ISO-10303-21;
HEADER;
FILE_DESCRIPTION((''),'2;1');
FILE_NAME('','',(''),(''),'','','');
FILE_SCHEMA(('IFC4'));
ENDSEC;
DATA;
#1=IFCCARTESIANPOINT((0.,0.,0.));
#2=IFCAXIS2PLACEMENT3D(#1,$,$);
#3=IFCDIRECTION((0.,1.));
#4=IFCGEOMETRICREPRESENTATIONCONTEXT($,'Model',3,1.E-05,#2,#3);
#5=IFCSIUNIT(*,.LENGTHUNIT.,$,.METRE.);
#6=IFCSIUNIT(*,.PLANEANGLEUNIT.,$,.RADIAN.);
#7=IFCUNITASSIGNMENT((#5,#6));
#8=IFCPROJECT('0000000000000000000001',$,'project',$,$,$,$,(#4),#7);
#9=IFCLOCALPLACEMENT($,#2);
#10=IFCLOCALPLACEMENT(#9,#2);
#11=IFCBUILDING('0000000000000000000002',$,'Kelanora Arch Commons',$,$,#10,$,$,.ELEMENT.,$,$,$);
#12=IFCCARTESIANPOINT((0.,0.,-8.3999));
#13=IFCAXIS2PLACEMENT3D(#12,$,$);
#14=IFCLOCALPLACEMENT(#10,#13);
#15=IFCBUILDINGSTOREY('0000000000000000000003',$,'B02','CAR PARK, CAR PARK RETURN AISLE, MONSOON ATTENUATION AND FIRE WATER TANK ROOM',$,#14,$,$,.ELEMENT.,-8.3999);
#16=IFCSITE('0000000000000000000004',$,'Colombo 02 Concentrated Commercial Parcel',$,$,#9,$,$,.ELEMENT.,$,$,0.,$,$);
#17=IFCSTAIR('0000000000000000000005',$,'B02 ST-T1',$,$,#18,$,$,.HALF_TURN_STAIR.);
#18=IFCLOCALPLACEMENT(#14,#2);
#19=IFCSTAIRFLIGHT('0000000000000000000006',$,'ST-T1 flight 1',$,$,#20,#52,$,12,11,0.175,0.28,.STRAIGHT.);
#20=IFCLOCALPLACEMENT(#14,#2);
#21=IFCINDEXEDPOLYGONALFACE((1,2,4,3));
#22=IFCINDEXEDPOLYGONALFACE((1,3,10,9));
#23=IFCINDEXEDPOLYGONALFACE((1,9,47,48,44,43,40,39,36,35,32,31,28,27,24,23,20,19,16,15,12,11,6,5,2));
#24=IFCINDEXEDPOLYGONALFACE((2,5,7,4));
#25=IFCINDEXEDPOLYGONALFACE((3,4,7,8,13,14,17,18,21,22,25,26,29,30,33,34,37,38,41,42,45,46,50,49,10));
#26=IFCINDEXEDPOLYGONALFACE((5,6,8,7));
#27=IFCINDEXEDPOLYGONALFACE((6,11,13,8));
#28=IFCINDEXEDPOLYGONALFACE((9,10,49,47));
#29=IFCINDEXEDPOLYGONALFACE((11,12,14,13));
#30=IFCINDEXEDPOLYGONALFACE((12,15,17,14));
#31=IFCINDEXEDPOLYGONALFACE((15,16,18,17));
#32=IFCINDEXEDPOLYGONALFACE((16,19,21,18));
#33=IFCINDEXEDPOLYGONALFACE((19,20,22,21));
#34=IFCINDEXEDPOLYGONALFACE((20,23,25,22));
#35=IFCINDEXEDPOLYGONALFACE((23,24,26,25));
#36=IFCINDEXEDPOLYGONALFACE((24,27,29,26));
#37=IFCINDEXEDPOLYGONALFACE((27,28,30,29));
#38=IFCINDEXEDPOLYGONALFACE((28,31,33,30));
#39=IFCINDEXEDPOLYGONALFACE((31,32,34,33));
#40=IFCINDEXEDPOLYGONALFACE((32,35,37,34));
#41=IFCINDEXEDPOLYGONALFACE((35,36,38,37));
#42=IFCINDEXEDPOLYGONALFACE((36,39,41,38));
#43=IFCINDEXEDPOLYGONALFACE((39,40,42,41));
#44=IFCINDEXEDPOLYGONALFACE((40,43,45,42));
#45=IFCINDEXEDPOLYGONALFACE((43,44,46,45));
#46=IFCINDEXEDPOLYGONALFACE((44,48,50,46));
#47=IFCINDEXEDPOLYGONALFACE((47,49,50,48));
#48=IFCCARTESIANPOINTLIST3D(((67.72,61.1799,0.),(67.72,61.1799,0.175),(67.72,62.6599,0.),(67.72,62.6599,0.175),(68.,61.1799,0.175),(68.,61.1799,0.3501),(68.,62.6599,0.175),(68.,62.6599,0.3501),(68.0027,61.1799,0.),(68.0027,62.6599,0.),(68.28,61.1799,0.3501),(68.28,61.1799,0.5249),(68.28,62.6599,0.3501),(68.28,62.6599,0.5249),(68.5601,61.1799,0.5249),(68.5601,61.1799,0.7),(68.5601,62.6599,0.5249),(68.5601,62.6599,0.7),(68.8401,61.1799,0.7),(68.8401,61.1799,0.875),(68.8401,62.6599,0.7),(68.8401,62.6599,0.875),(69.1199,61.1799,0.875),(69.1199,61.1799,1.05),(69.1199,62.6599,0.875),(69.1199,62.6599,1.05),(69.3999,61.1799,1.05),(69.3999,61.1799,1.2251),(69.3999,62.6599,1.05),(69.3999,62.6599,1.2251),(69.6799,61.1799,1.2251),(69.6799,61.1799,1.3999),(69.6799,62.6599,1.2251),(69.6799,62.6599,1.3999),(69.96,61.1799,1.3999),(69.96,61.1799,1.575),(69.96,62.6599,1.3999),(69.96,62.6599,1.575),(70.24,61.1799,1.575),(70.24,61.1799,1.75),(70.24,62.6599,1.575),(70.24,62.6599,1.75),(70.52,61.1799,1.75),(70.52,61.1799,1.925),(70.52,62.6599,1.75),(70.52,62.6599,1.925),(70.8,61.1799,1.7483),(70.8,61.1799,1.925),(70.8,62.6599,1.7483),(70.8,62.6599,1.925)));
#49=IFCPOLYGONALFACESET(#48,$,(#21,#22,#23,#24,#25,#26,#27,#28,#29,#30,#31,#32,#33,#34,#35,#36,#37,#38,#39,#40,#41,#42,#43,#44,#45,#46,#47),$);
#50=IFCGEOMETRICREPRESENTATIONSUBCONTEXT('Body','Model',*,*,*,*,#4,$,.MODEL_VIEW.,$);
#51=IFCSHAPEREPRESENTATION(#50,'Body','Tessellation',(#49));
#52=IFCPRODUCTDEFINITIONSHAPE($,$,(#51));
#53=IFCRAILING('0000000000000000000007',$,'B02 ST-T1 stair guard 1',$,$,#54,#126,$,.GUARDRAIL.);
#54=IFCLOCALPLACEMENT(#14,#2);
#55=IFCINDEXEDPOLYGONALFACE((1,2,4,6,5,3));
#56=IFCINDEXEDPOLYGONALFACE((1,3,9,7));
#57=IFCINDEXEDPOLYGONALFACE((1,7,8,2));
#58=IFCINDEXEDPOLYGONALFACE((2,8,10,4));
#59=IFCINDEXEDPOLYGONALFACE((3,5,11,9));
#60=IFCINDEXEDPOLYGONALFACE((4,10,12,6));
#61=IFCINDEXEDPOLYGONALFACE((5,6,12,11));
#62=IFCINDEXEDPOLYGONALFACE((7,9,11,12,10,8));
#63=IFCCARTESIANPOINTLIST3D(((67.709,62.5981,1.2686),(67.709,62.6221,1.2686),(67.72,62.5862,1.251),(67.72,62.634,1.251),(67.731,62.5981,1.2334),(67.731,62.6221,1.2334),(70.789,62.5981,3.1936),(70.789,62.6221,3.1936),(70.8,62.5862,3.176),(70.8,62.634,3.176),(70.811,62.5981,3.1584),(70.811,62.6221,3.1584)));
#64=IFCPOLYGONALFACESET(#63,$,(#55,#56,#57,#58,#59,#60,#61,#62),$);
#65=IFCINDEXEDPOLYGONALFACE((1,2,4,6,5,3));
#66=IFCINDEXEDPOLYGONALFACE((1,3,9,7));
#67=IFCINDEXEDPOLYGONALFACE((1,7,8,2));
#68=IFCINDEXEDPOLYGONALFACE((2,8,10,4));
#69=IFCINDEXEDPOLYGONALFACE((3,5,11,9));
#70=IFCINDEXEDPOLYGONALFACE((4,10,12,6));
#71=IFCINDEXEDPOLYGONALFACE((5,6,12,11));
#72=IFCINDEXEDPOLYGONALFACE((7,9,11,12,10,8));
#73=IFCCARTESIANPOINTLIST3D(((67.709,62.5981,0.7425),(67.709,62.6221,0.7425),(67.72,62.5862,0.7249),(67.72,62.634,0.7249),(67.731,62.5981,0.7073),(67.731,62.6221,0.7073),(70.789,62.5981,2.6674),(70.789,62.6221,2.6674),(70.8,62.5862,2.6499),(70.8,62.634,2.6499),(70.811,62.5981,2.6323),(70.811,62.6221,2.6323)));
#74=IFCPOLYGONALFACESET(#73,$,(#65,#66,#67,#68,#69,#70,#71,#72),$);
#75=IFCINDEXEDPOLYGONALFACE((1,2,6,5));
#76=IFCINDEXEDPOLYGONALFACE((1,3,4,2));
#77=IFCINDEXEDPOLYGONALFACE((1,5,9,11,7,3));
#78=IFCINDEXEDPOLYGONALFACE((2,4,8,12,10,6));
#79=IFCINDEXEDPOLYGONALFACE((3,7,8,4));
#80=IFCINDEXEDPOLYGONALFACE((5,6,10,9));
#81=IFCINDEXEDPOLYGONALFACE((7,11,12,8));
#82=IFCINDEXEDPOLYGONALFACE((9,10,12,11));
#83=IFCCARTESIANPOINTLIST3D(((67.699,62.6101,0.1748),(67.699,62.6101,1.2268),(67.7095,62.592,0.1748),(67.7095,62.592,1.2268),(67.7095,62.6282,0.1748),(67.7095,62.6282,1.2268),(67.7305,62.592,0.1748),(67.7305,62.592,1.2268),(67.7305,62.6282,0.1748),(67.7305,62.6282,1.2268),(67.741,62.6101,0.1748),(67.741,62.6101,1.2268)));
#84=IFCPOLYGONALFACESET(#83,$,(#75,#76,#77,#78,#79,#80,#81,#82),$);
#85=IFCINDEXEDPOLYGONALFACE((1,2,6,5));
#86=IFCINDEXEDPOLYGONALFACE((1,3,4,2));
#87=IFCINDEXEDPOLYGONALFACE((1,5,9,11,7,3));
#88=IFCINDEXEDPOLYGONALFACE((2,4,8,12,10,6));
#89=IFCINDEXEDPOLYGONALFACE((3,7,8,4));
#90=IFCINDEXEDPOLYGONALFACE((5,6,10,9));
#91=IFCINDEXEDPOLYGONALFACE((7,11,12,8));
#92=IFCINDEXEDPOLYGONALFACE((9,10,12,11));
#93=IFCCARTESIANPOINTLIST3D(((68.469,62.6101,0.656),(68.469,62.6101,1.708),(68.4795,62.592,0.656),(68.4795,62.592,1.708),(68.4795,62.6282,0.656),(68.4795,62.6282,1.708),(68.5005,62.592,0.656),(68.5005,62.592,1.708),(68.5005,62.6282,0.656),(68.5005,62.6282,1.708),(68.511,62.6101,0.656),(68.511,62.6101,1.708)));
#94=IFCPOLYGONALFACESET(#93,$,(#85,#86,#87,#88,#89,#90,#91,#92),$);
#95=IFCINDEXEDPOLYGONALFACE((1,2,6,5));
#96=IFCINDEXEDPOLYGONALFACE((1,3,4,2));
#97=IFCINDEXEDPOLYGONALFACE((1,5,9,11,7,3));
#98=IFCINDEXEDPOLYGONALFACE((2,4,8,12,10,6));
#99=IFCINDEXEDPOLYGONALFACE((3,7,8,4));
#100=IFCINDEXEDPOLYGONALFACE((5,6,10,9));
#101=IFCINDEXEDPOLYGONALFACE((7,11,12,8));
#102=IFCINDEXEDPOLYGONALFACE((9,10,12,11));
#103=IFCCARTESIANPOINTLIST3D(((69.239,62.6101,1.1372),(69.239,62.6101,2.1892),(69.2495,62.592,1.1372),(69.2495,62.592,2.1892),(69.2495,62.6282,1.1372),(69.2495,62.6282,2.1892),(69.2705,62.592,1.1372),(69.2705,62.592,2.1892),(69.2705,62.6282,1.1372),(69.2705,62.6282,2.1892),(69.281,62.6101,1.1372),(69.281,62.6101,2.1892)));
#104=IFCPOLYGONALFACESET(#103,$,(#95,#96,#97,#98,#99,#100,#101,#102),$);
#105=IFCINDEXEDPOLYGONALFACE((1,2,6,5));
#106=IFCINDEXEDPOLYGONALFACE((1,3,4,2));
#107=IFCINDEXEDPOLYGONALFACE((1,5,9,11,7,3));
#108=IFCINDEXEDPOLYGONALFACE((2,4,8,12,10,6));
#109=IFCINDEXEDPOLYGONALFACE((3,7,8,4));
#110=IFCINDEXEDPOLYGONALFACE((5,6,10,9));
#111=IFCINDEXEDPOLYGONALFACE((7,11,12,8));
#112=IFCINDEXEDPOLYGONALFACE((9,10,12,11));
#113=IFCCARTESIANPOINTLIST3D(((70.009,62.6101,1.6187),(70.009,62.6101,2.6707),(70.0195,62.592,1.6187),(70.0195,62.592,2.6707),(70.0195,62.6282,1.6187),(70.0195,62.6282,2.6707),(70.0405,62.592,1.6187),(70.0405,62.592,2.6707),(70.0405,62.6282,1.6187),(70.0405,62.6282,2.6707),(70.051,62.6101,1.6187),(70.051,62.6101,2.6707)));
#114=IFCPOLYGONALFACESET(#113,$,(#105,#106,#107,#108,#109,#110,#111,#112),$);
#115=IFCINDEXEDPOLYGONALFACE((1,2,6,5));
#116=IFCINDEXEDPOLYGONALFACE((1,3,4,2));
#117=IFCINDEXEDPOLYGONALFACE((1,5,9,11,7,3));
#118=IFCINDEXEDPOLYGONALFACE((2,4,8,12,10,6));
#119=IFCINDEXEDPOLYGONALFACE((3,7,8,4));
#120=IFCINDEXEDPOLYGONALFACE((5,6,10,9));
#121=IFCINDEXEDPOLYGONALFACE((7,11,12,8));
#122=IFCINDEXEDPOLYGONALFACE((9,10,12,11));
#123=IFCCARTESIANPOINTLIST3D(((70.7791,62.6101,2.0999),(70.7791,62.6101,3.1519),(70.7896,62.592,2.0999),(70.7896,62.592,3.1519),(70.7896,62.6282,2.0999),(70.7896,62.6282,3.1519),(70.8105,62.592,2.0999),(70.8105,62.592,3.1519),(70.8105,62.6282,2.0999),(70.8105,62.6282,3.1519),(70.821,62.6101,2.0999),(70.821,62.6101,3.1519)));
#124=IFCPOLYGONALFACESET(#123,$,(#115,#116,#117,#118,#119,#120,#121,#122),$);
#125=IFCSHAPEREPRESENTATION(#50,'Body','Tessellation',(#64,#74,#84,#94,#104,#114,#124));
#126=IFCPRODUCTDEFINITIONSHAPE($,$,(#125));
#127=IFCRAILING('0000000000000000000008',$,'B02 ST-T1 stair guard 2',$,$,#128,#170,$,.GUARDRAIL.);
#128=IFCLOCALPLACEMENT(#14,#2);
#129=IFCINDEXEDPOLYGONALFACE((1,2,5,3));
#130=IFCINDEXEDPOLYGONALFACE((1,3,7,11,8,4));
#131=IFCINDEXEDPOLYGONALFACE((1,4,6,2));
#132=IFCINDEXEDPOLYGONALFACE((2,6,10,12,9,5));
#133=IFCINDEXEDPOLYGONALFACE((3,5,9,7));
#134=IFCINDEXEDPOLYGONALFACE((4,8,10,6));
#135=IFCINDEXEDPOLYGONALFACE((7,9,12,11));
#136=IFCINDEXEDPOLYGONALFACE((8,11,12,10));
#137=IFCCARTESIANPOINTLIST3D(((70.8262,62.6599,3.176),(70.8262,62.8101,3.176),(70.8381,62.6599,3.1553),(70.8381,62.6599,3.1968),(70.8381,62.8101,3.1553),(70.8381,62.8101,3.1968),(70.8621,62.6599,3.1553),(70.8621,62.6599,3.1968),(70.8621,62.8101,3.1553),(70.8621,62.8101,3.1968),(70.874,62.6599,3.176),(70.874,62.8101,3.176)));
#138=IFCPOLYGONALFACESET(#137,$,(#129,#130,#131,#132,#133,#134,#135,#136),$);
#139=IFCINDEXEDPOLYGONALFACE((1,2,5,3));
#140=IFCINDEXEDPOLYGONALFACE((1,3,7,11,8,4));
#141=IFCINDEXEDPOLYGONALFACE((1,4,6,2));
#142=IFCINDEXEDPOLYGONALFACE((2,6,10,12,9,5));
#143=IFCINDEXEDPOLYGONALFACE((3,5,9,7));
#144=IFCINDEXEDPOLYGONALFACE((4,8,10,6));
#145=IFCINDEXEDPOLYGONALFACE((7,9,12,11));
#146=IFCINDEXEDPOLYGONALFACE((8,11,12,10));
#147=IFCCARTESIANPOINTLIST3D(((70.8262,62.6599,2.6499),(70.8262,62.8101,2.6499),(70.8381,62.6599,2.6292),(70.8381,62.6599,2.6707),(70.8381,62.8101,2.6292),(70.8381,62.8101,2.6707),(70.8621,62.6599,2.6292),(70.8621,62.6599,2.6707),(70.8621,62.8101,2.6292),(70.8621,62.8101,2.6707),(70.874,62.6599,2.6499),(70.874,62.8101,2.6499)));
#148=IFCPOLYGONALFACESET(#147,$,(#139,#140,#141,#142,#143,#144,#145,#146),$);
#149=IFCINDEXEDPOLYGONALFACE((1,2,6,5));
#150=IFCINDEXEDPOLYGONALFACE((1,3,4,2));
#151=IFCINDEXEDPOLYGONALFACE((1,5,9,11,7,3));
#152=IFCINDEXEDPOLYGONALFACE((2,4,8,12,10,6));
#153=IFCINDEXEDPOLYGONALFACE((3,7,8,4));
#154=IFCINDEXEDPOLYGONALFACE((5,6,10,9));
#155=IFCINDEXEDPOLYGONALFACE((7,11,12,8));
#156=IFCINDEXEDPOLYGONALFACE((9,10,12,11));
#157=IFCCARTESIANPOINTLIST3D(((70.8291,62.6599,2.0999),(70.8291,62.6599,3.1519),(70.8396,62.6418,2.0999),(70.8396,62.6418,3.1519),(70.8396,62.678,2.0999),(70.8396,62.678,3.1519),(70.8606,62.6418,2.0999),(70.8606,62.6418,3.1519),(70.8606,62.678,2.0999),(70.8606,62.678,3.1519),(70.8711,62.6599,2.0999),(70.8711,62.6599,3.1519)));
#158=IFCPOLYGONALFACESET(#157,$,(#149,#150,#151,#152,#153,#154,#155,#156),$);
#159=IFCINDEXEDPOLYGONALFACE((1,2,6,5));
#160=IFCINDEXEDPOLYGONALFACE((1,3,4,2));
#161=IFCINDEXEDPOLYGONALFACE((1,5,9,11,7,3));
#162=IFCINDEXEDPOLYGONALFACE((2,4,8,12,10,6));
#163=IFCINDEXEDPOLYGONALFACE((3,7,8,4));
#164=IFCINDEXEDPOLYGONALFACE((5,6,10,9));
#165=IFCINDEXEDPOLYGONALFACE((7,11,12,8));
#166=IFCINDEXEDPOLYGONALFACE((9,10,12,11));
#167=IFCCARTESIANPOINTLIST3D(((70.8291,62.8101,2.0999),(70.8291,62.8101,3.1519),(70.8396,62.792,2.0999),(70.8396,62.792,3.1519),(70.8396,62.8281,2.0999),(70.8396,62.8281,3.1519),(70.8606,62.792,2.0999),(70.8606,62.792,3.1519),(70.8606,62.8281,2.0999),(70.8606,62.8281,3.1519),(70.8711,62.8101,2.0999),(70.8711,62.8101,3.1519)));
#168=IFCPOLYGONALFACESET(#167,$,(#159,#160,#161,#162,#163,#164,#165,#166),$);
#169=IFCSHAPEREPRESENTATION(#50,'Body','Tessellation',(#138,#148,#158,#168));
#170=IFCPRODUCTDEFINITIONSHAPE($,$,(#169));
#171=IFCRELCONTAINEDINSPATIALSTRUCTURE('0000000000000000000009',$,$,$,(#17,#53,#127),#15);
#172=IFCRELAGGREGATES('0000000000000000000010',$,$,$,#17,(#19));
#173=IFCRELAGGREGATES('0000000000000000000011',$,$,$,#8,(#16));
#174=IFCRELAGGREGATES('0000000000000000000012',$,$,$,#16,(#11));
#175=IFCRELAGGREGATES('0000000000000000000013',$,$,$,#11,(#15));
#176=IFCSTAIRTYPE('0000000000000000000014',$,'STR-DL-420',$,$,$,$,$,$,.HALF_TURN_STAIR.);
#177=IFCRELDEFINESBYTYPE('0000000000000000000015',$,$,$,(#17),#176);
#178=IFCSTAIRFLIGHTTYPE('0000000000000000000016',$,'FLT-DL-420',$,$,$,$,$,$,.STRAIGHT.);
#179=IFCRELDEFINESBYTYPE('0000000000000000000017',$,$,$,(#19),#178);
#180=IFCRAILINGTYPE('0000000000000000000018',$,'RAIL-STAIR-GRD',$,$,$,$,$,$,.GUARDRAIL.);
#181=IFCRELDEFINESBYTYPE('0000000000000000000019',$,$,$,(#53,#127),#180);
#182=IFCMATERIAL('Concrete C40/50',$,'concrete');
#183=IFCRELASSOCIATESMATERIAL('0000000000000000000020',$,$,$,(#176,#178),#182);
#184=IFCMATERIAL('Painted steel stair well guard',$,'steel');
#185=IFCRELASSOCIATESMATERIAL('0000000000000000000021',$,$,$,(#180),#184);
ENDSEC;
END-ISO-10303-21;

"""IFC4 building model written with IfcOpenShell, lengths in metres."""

from ifc_helpers import new_model, si_unit, direction, frame, origin, place, context, subcontext, project, spatial, polyline, outline, extrude, material, type_object, element, aggregate, save


model = new_model("IFC4")

# Units and contexts
model_context = context("Model", 3, precision=1e-05, world=origin(), true_north=direction((0.0, 1.0)))
body_context = subcontext(model_context, "Body", "Model", "MODEL_VIEW")
ifc_project = project(units=[si_unit("LENGTHUNIT", "METRE"), si_unit("PLANEANGLEUNIT", "RADIAN")], contexts=[model_context])

# Site, building, storey
site_placement = place(None, origin())
site = spatial("IfcSite", under=ifc_project, at=site_placement, Name="Colombo 02 Concentrated Commercial Parcel", CompositionType="ELEMENT", RefElevation=0.0)
building_placement = place(site_placement, origin())
building = spatial("IfcBuilding", under=site, at=building_placement, Name="Kelanora Arch Commons", CompositionType="ELEMENT")
storey_placement = place(building_placement, frame((0.0, 0.0, -8.3999)))
storey = spatial("IfcBuildingStorey", under=building, at=storey_placement, Name="B02", Description="CAR PARK, CAR PARK RETURN AISLE, MONSOON ATTENUATION AND FIRE WATER TANK ROOM", CompositionType="ELEMENT", Elevation=-8.3999)

# Shared definitions
ifc_material_1 = material(Name="Concrete C40/50", Category="concrete")

# Stair, stair flight
stair_type = type_object("IfcStairType", Name="STR-DL-420", PredefinedType="HALF_TURN_STAIR", material=ifc_material_1)
stair_placement = place(storey_placement, origin())
stair = element("IfcStair", 1, at=stair_placement, inside=storey, type_object=stair_type, Name="B02 ST-T1", PredefinedType="HALF_TURN_STAIR")
stair_flight_type = type_object("IfcStairFlightType", Name="FLT-DL-420", PredefinedType="STRAIGHT", material=ifc_material_1)
stair_flight_placement = place(storey_placement, frame((67.72, 61.9199, 0.0), z_axis=(0.0, 0.0, 1.0), x_axis=(1.0, 0.0, 0.0)))
stair_flight = element("IfcStairFlight", 2, at=stair_flight_placement, type_object=stair_flight_type, Name="ST-T1 flight 1", NumberOfRisers=12, NumberOfTreads=11, PredefinedType="STRAIGHT", RiserHeight=0.175, TreadLength=0.28, context=body_context, shape_type="SweptSolid", body=[
    extrude(outline(polyline([(0.0, 0.0), (0.0, 0.175), (0.28, 0.175), (0.28, 0.3501), (0.5601, 0.3501), (0.5601, 0.5249), (0.8401, 0.5249), (0.8401, 0.7), (1.1201, 0.7), (1.1201, 0.875), (1.3999, 0.875), (1.3999, 1.05), (1.6799, 1.05), (1.6799, 1.2251), (1.96, 1.2251), (1.96, 1.3999), (2.24, 1.3999), (2.24, 1.575), (2.52, 1.575), (2.52, 1.75), (2.8, 1.75), (2.8, 1.925), (3.0801, 1.925), (3.0801, 2.1001), (3.0801, 1.7483), (0.2827, 0.0), (0.0, 0.0)])), frame((0.0, 0.74, 0.0), z_axis=(0.0, -1.0, 0.0), x_axis=(1.0, 0.0, 0.0)), (0.0, 0.0, 1.0), 1.48),
])
aggregate(stair, [stair_flight])

# Railings
ifc_material_2 = material(Name="Painted steel stair well guard", Category="steel")
railing_type_1 = type_object("IfcRailingType", Name="RAIL-STAIR-GRD", PredefinedType="GUARDRAIL", material=ifc_material_2)
railing_1_placement = place(storey_placement, frame((67.72, 62.6101, 0.1748)))
element("IfcRailing", 3, at=railing_1_placement, inside=storey, type_object=railing_type_1, Name="B02 ST-T1 stair guard 1", PredefinedType="GUARDRAIL", context=body_context, shape_type="SweptSolid", body=[
    extrude(outline(polyline([(0.0239, 0.0), (0.012, 0.0208), (-0.012, 0.0208), (-0.0239, 0.0), (-0.012, -0.0208), (0.012, -0.0208), (0.0239, 0.0)])), frame((0.0, 0.0, 1.0762), z_axis=(0.847998, 0.0, 0.529999), x_axis=(0.0, 1.0, 0.0)), (0.0, 0.0, 1.0), 3.6321),
    extrude(outline(polyline([(0.0239, 0.0), (0.012, 0.0208), (-0.012, 0.0208), (-0.0239, 0.0), (-0.012, -0.0208), (0.012, -0.0208), (0.0239, 0.0)])), frame((0.0, 0.0, 0.55), z_axis=(0.847998, 0.0, 0.529999), x_axis=(0.0, 1.0, 0.0)), (0.0, 0.0, 1.0), 3.6321),
    extrude(outline(polyline([(0.021, 0.0), (0.0105, 0.0181), (-0.0105, 0.0181), (-0.021, 0.0), (-0.0105, -0.0181), (0.0105, -0.0181), (0.021, 0.0)])), origin(), (0.0, 0.0, 1.0), 1.052),
    extrude(outline(polyline([(0.021, 0.0), (0.0105, 0.0181), (-0.0105, 0.0181), (-0.021, 0.0), (-0.0105, -0.0181), (0.0105, -0.0181), (0.021, 0.0)])), frame((0.77, 0.0, 0.4812)), (0.0, 0.0, 1.0), 1.052),
    extrude(outline(polyline([(0.021, 0.0), (0.0105, 0.0181), (-0.0105, 0.0181), (-0.021, 0.0), (-0.0105, -0.0181), (0.0105, -0.0181), (0.021, 0.0)])), frame((1.54, 0.0, 0.9624)), (0.0, 0.0, 1.0), 1.052),
    extrude(outline(polyline([(0.021, 0.0), (0.0105, 0.0181), (-0.0105, 0.0181), (-0.021, 0.0), (-0.0105, -0.0181), (0.0105, -0.0181), (0.021, 0.0)])), frame((2.3101, 0.0, 1.4438)), (0.0, 0.0, 1.0), 1.052),
    extrude(outline(polyline([(0.021, 0.0), (0.0105, 0.0181), (-0.0105, 0.0181), (-0.021, 0.0), (-0.0105, -0.0181), (0.0105, -0.0181), (0.021, 0.0)])), frame((3.0801, 0.0, 1.925)), (0.0, 0.0, 1.0), 1.052),
])
railing_2_placement = place(storey_placement, frame((70.8501, 62.6599, 2.0999)))
element("IfcRailing", 4, at=railing_2_placement, inside=storey, type_object=railing_type_1, Name="B02 ST-T1 stair guard 2", PredefinedType="GUARDRAIL", context=body_context, shape_type="SweptSolid", body=[
    extrude(outline(polyline([(0.0239, 0.0), (0.012, 0.0208), (-0.012, 0.0208), (-0.0239, 0.0), (-0.012, -0.0208), (0.012, -0.0208), (0.0239, 0.0)])), frame((0.0, 0.0, 1.0762), z_axis=(0.0, 1.0, 0.0), x_axis=(-1.0, 0.0, 0.0)), (0.0, 0.0, 1.0), 0.1501),
    extrude(outline(polyline([(0.0239, 0.0), (0.012, 0.0208), (-0.012, 0.0208), (-0.0239, 0.0), (-0.012, -0.0208), (0.012, -0.0208), (0.0239, 0.0)])), frame((0.0, 0.0, 0.55), z_axis=(0.0, 1.0, 0.0), x_axis=(-1.0, 0.0, 0.0)), (0.0, 0.0, 1.0), 0.1501),
    extrude(outline(polyline([(0.021, 0.0), (0.0105, 0.0181), (-0.0105, 0.0181), (-0.021, 0.0), (-0.0105, -0.0181), (0.0105, -0.0181), (0.021, 0.0)])), origin(), (0.0, 0.0, 1.0), 1.052),
    extrude(outline(polyline([(0.021, 0.0), (0.0105, 0.0181), (-0.0105, 0.0181), (-0.021, 0.0), (-0.0105, -0.0181), (0.0105, -0.0181), (0.021, 0.0)])), frame((0.0, 0.1501, 0.0)), (0.0, 0.0, 1.0), 1.052),
])

save(model, "model.ifc")
